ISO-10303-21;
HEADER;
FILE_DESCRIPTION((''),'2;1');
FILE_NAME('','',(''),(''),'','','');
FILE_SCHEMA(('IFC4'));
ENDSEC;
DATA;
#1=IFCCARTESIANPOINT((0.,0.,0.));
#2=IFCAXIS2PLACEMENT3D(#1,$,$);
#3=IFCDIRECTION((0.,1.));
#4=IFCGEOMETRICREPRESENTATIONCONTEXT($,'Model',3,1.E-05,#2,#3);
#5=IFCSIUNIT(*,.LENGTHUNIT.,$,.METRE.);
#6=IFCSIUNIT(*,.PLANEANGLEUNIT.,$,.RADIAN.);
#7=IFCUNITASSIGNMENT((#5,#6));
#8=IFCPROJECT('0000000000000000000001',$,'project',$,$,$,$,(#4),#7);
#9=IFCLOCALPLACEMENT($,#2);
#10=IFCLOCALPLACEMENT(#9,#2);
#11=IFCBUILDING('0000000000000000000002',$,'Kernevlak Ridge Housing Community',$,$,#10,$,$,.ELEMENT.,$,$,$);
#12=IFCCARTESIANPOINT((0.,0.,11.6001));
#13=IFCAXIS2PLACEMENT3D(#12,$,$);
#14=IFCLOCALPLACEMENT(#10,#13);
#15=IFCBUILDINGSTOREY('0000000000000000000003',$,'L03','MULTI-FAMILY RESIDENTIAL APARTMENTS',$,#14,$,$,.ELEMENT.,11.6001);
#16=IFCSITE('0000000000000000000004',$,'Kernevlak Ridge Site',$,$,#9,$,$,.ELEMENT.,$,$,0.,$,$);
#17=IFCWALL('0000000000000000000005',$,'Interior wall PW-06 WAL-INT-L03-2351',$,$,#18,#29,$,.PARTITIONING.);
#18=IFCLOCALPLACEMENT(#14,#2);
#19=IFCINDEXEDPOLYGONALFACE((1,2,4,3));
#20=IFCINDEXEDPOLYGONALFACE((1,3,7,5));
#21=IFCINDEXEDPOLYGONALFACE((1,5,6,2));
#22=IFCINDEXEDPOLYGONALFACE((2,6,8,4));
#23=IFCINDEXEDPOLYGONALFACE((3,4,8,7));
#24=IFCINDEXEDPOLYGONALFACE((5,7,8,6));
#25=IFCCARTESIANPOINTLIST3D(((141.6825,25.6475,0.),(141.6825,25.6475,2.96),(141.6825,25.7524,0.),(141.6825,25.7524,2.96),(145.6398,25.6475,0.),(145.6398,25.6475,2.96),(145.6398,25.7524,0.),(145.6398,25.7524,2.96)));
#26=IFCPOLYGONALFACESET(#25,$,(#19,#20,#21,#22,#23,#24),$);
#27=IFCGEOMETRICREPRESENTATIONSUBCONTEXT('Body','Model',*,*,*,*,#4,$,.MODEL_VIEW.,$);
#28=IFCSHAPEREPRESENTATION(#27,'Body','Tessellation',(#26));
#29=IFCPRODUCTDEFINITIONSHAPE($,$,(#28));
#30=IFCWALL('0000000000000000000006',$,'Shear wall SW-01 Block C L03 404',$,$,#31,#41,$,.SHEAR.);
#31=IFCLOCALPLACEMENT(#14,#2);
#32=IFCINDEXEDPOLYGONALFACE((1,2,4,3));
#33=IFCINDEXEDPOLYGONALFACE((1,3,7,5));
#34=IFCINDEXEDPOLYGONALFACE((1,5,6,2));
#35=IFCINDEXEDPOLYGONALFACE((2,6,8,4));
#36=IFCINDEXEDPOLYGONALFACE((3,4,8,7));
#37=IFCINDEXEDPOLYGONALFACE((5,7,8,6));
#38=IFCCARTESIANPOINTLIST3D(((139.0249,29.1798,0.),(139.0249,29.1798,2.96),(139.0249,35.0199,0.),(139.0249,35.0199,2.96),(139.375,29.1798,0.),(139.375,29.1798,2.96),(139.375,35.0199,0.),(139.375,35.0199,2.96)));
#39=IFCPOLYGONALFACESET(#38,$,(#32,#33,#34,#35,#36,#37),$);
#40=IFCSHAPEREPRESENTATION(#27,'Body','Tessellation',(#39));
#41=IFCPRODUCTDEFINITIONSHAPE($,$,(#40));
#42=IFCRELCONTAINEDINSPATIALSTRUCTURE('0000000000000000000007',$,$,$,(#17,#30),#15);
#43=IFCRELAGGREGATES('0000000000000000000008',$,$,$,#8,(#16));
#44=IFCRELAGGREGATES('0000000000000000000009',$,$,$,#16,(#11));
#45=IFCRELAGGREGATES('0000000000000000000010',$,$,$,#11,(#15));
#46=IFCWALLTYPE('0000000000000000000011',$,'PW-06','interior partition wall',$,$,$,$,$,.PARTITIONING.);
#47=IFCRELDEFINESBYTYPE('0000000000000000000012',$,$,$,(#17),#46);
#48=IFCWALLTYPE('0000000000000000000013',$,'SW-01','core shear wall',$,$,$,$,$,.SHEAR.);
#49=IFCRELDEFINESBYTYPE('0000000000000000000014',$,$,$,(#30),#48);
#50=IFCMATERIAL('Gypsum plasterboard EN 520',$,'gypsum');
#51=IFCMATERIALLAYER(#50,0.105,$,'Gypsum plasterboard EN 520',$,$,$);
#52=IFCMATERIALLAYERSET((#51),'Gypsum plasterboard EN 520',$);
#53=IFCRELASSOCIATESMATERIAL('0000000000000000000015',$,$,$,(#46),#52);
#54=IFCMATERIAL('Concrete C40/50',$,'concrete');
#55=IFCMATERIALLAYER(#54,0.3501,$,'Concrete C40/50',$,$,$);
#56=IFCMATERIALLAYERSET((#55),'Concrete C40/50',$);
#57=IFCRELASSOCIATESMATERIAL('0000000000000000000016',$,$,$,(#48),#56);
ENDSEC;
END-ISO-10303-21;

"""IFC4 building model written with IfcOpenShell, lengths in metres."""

from ifc_helpers import new_model, si_unit, direction, frame, frame_2d, origin, place, context, subcontext, project, spatial, rectangle, extrude, material, layer, layer_set, type_object, element, save


model = new_model("IFC4")

# Units and contexts
model_context = context("Model", 3, precision=1e-05, world=origin(), true_north=direction((0.0, 1.0)))
body_context = subcontext(model_context, "Body", "Model", "MODEL_VIEW")
ifc_project = project(units=[si_unit("LENGTHUNIT", "METRE"), si_unit("PLANEANGLEUNIT", "RADIAN")], contexts=[model_context])

# Site, building, storey
site_placement = place(None, origin())
site = spatial("IfcSite", under=ifc_project, at=site_placement, Name="Kernevlak Ridge Site", CompositionType="ELEMENT", RefElevation=0.0)
building_placement = place(site_placement, origin())
building = spatial("IfcBuilding", under=site, at=building_placement, Name="Kernevlak Ridge Housing Community", CompositionType="ELEMENT")
storey_placement = place(building_placement, frame((0.0, 0.0, 11.6001)))
storey = spatial("IfcBuildingStorey", under=building, at=storey_placement, Name="L03", Description="MULTI-FAMILY RESIDENTIAL APARTMENTS", CompositionType="ELEMENT", Elevation=11.6001)

# Shared definitions
ifc_material_1 = material(Name="Concrete C40/50", Category="concrete")

# Shared definitions
ifc_material_2 = material(Name="Gypsum plasterboard EN 520", Category="gypsum")

# Walls
ifc_layer_1 = layer(ifc_material_2, 0.105, Name="Gypsum plasterboard EN 520")
ifc_layer_set_1 = layer_set([ifc_layer_1], Name="Gypsum plasterboard EN 520")
wall_type_1 = type_object("IfcWallType", Name="PW-06", Description="interior partition wall", PredefinedType="PARTITIONING", material=ifc_layer_set_1)
wall_1_placement = place(storey_placement, frame((141.6826, 25.7, 0.0), z_axis=(0.0, 0.0, 1.0), x_axis=(1.0, 0.0, 0.0)))
element("IfcWall", 1, at=wall_1_placement, inside=storey, type_object=wall_type_1, Name="Interior wall PW-06 WAL-INT-L03-2351", PredefinedType="PARTITIONING", context=body_context, shape_type="SweptSolid", body=[
    extrude(rectangle(XDim=3.9573, YDim=0.105, at=frame_2d((1.9785, 0.0))), origin(), (0.0, 0.0, 1.0), 2.96),
])
ifc_layer_2 = layer(ifc_material_1, 0.3501, Name="Concrete C40/50")
ifc_layer_set_2 = layer_set([ifc_layer_2], Name="Concrete C40/50")
wall_type_2 = type_object("IfcWallType", Name="SW-01", Description="core shear wall", PredefinedType="SHEAR", material=ifc_layer_set_2)
wall_2_placement = place(storey_placement, frame((139.2, 29.1799, 0.0), z_axis=(0.0, 0.0, 1.0), x_axis=(0.0, 1.0, 0.0)))
element("IfcWall", 2, at=wall_2_placement, inside=storey, type_object=wall_type_2, Name="Shear wall SW-01 Block C L03 404", PredefinedType="SHEAR", context=body_context, shape_type="SweptSolid", body=[
    extrude(rectangle(XDim=5.8401, YDim=0.3501, at=frame_2d((2.9199, 0.0))), origin(), (0.0, 0.0, 1.0), 2.96),
])

save(model, "model.ifc")
